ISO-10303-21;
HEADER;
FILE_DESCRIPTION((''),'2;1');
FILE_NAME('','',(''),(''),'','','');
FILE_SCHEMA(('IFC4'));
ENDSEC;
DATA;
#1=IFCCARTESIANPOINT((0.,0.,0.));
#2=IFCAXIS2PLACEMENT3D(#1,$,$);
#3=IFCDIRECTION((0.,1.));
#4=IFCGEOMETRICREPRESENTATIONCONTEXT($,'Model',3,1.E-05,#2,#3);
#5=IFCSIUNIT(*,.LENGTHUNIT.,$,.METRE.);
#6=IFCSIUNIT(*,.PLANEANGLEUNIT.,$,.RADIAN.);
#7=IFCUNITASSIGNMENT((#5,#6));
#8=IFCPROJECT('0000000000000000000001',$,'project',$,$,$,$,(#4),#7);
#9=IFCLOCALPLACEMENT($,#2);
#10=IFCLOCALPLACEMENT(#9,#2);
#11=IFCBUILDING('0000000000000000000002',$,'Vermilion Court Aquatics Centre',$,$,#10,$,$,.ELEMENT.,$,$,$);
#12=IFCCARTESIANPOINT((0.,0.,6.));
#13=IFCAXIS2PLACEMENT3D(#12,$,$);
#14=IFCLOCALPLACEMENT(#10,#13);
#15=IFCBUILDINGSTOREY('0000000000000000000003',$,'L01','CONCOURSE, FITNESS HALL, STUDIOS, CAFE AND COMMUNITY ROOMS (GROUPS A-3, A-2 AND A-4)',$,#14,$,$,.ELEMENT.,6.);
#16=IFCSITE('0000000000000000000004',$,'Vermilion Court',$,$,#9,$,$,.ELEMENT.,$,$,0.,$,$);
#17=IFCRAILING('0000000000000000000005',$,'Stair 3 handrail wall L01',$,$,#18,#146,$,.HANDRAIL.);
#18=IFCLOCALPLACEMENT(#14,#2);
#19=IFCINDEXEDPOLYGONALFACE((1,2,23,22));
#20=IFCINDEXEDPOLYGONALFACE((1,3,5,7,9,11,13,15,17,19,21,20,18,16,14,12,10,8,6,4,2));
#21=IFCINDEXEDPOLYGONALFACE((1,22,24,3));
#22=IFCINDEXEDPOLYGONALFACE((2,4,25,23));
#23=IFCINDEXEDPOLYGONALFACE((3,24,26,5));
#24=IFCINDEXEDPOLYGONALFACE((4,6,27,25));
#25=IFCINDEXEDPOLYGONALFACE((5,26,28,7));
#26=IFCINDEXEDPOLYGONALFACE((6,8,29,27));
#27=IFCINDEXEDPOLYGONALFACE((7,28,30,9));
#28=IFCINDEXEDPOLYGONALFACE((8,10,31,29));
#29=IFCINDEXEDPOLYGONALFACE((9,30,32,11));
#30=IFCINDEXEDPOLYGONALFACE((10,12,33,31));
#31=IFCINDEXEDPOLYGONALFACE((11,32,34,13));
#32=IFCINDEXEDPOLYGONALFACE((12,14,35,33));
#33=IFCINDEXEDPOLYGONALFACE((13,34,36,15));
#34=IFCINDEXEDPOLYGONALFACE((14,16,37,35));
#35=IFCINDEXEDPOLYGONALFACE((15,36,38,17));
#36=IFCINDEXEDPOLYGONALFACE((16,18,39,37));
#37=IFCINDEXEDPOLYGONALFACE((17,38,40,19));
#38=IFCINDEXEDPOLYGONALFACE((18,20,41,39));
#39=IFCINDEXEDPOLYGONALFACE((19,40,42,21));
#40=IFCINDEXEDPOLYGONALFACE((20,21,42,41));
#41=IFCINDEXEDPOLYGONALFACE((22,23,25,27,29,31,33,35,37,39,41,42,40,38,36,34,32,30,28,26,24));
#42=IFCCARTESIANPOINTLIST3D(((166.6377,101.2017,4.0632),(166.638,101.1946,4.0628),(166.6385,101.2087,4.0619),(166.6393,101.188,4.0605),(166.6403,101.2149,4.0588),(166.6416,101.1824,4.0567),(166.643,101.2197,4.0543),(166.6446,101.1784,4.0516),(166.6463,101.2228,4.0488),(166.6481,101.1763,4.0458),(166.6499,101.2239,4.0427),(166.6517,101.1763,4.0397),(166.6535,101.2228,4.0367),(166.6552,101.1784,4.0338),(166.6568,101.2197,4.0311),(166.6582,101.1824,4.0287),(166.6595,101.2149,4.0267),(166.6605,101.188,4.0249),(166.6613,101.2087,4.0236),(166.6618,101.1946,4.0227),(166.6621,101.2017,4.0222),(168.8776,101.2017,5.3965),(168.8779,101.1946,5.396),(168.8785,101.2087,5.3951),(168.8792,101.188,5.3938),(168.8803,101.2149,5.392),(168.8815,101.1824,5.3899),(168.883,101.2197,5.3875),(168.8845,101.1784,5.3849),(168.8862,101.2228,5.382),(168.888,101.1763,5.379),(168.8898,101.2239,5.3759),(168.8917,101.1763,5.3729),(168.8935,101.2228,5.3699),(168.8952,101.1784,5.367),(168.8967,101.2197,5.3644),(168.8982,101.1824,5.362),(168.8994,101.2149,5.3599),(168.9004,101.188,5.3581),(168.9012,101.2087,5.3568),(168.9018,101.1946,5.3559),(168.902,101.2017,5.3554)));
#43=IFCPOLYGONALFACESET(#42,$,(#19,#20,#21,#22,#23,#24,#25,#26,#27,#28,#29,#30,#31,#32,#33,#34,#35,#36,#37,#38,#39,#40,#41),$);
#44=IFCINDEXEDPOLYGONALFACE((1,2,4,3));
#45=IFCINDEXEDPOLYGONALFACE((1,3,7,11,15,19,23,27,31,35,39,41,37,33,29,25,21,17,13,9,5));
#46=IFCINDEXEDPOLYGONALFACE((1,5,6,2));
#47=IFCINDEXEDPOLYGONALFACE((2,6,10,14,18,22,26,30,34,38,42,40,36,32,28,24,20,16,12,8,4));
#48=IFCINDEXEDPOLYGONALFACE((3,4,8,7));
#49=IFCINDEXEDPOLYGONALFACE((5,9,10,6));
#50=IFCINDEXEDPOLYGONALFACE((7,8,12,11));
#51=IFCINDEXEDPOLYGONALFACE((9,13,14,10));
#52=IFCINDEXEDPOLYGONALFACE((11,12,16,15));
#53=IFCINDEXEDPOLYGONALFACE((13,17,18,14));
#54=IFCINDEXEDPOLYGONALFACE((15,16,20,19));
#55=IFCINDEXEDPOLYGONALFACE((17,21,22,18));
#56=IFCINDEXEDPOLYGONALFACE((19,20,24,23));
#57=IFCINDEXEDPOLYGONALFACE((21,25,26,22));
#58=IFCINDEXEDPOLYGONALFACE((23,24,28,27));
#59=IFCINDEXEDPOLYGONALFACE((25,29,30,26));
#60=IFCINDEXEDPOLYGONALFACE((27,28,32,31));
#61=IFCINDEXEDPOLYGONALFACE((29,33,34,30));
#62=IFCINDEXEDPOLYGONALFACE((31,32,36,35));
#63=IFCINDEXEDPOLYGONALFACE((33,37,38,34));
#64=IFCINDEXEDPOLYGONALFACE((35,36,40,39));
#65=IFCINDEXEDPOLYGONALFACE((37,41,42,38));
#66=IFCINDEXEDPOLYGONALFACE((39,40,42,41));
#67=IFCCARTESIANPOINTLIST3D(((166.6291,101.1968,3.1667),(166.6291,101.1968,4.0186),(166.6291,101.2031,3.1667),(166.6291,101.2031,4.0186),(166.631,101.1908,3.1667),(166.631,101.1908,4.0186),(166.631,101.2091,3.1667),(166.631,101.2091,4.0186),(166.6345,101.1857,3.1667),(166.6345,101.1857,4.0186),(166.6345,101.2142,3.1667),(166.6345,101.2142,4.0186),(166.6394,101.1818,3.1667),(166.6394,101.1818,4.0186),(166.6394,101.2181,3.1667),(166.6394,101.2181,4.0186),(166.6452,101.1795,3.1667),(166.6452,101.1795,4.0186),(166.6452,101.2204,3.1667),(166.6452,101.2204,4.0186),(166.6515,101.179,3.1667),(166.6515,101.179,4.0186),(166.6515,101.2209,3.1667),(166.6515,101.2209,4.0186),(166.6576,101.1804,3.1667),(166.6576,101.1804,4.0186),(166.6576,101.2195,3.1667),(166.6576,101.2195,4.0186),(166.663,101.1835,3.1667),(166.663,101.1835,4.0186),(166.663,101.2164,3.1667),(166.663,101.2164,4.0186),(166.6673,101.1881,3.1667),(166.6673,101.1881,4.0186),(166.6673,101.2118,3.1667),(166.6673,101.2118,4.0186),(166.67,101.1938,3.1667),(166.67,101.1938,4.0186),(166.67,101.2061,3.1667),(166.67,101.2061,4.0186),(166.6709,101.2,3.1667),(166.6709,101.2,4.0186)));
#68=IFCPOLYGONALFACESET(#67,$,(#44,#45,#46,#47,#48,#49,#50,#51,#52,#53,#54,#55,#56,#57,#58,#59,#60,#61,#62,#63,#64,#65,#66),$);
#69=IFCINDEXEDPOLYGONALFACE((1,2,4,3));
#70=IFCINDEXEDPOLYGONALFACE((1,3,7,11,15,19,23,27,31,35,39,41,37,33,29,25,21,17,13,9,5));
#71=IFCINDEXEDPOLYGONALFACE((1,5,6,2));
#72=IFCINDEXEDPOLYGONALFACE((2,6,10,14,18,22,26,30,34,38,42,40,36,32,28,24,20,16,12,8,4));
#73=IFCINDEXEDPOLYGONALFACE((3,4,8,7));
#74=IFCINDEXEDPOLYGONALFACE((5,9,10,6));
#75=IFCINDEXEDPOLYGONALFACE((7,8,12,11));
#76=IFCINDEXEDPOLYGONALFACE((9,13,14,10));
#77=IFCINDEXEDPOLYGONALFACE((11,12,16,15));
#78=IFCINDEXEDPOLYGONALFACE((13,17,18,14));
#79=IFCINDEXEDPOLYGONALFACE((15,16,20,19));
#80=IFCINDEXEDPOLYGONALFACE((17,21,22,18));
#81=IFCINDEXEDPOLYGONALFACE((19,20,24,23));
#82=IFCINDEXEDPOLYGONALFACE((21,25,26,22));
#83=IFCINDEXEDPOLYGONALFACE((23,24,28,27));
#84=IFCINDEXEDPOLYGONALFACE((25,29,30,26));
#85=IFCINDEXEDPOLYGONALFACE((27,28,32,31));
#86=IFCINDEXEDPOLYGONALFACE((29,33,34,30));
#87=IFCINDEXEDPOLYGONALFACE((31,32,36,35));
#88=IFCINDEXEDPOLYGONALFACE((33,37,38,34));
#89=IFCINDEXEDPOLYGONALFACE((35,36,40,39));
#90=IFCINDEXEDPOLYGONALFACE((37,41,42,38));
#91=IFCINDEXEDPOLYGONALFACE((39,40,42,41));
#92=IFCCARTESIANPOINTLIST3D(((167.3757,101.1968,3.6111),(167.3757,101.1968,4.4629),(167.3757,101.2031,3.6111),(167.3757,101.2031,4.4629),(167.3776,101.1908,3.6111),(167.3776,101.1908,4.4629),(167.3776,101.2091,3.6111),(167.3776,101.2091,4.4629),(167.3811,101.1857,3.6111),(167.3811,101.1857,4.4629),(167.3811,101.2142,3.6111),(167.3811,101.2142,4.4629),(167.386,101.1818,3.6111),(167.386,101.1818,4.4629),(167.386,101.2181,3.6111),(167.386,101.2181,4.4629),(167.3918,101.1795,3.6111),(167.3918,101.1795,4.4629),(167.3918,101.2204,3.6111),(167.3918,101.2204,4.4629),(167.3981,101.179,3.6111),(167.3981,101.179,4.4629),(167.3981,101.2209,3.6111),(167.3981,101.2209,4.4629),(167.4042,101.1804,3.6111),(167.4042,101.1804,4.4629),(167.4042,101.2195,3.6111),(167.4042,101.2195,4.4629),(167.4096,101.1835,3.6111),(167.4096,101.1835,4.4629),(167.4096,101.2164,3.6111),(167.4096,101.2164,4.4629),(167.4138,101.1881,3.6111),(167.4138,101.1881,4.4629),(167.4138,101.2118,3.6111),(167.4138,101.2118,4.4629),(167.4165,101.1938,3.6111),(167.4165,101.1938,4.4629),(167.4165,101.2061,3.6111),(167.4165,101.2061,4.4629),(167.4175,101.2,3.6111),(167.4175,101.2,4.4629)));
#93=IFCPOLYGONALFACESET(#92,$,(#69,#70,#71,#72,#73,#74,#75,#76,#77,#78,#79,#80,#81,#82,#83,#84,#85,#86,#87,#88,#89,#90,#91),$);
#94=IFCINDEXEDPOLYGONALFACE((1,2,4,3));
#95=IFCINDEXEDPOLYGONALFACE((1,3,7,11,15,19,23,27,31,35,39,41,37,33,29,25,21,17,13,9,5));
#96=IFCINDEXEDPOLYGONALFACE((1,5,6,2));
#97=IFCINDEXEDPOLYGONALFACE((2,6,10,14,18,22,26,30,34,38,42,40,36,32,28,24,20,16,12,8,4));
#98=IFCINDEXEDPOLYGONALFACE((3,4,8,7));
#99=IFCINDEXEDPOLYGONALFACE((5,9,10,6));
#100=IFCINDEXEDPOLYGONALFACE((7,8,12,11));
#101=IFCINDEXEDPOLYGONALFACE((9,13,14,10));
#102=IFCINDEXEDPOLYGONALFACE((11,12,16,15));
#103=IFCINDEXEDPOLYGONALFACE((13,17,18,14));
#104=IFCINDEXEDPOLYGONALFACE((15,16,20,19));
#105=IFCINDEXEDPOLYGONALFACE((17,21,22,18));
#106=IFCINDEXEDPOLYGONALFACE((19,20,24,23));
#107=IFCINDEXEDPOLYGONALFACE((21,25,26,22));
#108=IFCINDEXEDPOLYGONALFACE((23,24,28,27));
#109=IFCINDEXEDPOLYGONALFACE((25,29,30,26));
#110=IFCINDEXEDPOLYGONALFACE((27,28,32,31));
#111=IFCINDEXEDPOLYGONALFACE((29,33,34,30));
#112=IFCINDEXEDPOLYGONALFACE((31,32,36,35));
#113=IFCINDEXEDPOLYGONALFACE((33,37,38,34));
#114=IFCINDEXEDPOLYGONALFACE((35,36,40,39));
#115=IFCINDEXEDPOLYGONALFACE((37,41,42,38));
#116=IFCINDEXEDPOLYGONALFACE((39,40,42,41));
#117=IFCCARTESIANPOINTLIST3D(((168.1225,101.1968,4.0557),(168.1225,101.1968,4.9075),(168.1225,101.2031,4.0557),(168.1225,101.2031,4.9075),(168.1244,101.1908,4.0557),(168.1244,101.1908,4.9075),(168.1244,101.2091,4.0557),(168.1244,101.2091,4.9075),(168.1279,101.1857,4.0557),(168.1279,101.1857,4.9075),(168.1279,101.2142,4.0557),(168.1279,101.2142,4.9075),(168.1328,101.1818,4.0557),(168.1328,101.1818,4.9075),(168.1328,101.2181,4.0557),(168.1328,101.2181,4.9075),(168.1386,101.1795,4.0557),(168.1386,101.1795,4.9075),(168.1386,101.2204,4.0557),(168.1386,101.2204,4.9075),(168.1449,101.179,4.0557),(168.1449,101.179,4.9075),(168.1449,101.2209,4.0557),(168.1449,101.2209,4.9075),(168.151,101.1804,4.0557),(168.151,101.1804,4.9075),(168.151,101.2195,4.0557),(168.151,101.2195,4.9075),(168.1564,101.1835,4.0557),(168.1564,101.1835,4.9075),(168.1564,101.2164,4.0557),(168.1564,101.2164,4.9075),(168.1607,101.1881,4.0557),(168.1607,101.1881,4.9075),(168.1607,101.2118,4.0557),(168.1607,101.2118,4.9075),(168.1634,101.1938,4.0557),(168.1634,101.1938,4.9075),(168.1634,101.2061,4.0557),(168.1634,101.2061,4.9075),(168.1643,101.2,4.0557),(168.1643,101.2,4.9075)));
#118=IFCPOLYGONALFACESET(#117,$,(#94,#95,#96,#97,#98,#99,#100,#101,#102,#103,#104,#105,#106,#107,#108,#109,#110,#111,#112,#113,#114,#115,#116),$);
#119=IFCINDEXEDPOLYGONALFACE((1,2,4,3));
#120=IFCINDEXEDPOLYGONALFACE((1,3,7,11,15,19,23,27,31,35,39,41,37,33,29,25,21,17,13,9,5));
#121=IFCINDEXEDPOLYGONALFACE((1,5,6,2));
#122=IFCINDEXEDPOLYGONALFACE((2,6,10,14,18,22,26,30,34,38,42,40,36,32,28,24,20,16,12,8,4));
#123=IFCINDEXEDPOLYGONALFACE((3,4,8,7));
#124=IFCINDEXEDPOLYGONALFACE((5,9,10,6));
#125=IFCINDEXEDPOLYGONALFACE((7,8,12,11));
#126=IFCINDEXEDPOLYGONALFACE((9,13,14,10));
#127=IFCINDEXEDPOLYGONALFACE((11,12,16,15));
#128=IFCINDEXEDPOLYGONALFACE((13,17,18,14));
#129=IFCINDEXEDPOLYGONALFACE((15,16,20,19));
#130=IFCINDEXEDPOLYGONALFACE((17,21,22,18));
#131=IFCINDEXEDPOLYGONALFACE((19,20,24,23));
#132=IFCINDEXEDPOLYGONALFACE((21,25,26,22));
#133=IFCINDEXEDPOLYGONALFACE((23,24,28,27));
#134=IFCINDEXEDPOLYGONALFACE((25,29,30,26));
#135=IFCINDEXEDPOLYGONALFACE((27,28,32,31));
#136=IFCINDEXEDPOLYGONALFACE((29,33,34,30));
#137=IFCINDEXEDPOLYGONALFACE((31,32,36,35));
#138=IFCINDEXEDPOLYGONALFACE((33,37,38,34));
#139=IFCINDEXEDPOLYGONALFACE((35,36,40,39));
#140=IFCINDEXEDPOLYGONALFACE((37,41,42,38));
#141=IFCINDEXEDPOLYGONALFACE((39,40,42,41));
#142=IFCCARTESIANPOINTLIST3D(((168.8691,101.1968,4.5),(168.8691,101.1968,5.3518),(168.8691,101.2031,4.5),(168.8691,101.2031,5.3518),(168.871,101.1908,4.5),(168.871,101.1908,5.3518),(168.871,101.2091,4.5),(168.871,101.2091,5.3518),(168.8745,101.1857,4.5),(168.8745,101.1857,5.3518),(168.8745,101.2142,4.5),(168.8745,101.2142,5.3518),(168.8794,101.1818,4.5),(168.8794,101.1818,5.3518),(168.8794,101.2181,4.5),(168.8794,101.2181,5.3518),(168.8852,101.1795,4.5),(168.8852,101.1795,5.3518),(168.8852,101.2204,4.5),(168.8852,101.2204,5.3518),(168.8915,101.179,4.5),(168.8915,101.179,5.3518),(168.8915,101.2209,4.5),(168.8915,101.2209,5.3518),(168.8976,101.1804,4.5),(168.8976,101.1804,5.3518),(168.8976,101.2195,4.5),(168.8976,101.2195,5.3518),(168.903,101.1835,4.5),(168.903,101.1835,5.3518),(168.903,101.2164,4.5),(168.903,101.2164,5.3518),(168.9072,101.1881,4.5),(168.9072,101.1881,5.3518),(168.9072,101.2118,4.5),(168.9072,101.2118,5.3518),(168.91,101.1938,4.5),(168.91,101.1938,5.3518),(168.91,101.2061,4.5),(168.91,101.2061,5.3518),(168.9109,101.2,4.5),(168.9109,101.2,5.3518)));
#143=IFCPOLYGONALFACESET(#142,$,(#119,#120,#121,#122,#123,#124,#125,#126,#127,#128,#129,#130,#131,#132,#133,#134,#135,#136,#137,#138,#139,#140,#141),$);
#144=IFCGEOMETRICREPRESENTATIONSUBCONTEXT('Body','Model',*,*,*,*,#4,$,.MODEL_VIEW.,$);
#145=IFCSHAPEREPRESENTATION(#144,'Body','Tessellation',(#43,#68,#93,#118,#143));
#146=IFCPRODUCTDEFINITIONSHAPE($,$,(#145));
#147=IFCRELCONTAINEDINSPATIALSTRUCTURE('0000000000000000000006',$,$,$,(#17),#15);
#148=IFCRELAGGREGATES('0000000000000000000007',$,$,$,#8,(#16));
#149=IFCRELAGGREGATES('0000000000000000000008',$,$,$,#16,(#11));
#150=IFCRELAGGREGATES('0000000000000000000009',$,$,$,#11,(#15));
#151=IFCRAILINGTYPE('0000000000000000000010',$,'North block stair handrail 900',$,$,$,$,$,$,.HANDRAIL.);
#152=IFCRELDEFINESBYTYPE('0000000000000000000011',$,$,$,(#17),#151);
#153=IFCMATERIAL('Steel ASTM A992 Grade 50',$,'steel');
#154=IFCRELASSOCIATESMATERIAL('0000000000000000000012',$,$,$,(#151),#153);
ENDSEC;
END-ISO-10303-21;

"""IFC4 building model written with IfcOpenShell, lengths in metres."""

from ifc_helpers import new_model, si_unit, direction, frame, origin, origin_2d, place, context, subcontext, project, spatial, circle, extrude, material, type_object, element, save


model = new_model("IFC4")

# Units and contexts
model_context = context("Model", 3, precision=1e-05, world=origin(), true_north=direction((0.0, 1.0)))
body_context = subcontext(model_context, "Body", "Model", "MODEL_VIEW")
ifc_project = project(units=[si_unit("LENGTHUNIT", "METRE"), si_unit("PLANEANGLEUNIT", "RADIAN")], contexts=[model_context])

# Site, building, storey
site_placement = place(None, origin())
site = spatial("IfcSite", under=ifc_project, at=site_placement, Name="Vermilion Court", CompositionType="ELEMENT", RefElevation=0.0)
building_placement = place(site_placement, origin())
building = spatial("IfcBuilding", under=site, at=building_placement, Name="Vermilion Court Aquatics Centre", CompositionType="ELEMENT")
storey_placement = place(building_placement, frame((0.0, 0.0, 6.0)))
storey = spatial("IfcBuildingStorey", under=building, at=storey_placement, Name="L01", Description="CONCOURSE, FITNESS HALL, STUDIOS, CAFE AND COMMUNITY ROOMS (GROUPS A-3, A-2 AND A-4)", CompositionType="ELEMENT", Elevation=6.0)

# Railing
ifc_material_1 = material(Name="Steel ASTM A992 Grade 50", Category="steel")
railing_type_1 = type_object("IfcRailingType", Name="North block stair handrail 900", PredefinedType="HANDRAIL", material=ifc_material_1)
for number, where, name in (
    (1, (166.6499, 101.2, 3.1667), "Stair 3 handrail wall L01"),
):
    element("IfcRailing", number, at=place(storey_placement, frame(where)), inside=storey, type_object=railing_type_1, Name=name, PredefinedType="HANDRAIL", context=body_context, shape_type="SweptSolid", body=[
        extrude(circle(Radius=0.0239, at=origin_2d()), frame((0.0, 0.0, 0.876), z_axis=(0.859306, 0.0, 0.511462), x_axis=(0.0, 1.0, 0.0)), (0.0, 0.0, 1.0), 2.6067),
        extrude(circle(Radius=0.021, at=origin_2d()), origin(), (0.0, 0.0, 1.0), 0.8518),
        extrude(circle(Radius=0.021, at=origin_2d()), frame((0.7466, 0.0, 0.4443)), (0.0, 0.0, 1.0), 0.8518),
        extrude(circle(Radius=0.021, at=origin_2d()), frame((1.4934, 0.0, 0.8889)), (0.0, 0.0, 1.0), 0.8518),
        extrude(circle(Radius=0.021, at=origin_2d()), frame((2.24, 0.0, 1.3333)), (0.0, 0.0, 1.0), 0.8518),
    ])

save(model, "model.ifc")
